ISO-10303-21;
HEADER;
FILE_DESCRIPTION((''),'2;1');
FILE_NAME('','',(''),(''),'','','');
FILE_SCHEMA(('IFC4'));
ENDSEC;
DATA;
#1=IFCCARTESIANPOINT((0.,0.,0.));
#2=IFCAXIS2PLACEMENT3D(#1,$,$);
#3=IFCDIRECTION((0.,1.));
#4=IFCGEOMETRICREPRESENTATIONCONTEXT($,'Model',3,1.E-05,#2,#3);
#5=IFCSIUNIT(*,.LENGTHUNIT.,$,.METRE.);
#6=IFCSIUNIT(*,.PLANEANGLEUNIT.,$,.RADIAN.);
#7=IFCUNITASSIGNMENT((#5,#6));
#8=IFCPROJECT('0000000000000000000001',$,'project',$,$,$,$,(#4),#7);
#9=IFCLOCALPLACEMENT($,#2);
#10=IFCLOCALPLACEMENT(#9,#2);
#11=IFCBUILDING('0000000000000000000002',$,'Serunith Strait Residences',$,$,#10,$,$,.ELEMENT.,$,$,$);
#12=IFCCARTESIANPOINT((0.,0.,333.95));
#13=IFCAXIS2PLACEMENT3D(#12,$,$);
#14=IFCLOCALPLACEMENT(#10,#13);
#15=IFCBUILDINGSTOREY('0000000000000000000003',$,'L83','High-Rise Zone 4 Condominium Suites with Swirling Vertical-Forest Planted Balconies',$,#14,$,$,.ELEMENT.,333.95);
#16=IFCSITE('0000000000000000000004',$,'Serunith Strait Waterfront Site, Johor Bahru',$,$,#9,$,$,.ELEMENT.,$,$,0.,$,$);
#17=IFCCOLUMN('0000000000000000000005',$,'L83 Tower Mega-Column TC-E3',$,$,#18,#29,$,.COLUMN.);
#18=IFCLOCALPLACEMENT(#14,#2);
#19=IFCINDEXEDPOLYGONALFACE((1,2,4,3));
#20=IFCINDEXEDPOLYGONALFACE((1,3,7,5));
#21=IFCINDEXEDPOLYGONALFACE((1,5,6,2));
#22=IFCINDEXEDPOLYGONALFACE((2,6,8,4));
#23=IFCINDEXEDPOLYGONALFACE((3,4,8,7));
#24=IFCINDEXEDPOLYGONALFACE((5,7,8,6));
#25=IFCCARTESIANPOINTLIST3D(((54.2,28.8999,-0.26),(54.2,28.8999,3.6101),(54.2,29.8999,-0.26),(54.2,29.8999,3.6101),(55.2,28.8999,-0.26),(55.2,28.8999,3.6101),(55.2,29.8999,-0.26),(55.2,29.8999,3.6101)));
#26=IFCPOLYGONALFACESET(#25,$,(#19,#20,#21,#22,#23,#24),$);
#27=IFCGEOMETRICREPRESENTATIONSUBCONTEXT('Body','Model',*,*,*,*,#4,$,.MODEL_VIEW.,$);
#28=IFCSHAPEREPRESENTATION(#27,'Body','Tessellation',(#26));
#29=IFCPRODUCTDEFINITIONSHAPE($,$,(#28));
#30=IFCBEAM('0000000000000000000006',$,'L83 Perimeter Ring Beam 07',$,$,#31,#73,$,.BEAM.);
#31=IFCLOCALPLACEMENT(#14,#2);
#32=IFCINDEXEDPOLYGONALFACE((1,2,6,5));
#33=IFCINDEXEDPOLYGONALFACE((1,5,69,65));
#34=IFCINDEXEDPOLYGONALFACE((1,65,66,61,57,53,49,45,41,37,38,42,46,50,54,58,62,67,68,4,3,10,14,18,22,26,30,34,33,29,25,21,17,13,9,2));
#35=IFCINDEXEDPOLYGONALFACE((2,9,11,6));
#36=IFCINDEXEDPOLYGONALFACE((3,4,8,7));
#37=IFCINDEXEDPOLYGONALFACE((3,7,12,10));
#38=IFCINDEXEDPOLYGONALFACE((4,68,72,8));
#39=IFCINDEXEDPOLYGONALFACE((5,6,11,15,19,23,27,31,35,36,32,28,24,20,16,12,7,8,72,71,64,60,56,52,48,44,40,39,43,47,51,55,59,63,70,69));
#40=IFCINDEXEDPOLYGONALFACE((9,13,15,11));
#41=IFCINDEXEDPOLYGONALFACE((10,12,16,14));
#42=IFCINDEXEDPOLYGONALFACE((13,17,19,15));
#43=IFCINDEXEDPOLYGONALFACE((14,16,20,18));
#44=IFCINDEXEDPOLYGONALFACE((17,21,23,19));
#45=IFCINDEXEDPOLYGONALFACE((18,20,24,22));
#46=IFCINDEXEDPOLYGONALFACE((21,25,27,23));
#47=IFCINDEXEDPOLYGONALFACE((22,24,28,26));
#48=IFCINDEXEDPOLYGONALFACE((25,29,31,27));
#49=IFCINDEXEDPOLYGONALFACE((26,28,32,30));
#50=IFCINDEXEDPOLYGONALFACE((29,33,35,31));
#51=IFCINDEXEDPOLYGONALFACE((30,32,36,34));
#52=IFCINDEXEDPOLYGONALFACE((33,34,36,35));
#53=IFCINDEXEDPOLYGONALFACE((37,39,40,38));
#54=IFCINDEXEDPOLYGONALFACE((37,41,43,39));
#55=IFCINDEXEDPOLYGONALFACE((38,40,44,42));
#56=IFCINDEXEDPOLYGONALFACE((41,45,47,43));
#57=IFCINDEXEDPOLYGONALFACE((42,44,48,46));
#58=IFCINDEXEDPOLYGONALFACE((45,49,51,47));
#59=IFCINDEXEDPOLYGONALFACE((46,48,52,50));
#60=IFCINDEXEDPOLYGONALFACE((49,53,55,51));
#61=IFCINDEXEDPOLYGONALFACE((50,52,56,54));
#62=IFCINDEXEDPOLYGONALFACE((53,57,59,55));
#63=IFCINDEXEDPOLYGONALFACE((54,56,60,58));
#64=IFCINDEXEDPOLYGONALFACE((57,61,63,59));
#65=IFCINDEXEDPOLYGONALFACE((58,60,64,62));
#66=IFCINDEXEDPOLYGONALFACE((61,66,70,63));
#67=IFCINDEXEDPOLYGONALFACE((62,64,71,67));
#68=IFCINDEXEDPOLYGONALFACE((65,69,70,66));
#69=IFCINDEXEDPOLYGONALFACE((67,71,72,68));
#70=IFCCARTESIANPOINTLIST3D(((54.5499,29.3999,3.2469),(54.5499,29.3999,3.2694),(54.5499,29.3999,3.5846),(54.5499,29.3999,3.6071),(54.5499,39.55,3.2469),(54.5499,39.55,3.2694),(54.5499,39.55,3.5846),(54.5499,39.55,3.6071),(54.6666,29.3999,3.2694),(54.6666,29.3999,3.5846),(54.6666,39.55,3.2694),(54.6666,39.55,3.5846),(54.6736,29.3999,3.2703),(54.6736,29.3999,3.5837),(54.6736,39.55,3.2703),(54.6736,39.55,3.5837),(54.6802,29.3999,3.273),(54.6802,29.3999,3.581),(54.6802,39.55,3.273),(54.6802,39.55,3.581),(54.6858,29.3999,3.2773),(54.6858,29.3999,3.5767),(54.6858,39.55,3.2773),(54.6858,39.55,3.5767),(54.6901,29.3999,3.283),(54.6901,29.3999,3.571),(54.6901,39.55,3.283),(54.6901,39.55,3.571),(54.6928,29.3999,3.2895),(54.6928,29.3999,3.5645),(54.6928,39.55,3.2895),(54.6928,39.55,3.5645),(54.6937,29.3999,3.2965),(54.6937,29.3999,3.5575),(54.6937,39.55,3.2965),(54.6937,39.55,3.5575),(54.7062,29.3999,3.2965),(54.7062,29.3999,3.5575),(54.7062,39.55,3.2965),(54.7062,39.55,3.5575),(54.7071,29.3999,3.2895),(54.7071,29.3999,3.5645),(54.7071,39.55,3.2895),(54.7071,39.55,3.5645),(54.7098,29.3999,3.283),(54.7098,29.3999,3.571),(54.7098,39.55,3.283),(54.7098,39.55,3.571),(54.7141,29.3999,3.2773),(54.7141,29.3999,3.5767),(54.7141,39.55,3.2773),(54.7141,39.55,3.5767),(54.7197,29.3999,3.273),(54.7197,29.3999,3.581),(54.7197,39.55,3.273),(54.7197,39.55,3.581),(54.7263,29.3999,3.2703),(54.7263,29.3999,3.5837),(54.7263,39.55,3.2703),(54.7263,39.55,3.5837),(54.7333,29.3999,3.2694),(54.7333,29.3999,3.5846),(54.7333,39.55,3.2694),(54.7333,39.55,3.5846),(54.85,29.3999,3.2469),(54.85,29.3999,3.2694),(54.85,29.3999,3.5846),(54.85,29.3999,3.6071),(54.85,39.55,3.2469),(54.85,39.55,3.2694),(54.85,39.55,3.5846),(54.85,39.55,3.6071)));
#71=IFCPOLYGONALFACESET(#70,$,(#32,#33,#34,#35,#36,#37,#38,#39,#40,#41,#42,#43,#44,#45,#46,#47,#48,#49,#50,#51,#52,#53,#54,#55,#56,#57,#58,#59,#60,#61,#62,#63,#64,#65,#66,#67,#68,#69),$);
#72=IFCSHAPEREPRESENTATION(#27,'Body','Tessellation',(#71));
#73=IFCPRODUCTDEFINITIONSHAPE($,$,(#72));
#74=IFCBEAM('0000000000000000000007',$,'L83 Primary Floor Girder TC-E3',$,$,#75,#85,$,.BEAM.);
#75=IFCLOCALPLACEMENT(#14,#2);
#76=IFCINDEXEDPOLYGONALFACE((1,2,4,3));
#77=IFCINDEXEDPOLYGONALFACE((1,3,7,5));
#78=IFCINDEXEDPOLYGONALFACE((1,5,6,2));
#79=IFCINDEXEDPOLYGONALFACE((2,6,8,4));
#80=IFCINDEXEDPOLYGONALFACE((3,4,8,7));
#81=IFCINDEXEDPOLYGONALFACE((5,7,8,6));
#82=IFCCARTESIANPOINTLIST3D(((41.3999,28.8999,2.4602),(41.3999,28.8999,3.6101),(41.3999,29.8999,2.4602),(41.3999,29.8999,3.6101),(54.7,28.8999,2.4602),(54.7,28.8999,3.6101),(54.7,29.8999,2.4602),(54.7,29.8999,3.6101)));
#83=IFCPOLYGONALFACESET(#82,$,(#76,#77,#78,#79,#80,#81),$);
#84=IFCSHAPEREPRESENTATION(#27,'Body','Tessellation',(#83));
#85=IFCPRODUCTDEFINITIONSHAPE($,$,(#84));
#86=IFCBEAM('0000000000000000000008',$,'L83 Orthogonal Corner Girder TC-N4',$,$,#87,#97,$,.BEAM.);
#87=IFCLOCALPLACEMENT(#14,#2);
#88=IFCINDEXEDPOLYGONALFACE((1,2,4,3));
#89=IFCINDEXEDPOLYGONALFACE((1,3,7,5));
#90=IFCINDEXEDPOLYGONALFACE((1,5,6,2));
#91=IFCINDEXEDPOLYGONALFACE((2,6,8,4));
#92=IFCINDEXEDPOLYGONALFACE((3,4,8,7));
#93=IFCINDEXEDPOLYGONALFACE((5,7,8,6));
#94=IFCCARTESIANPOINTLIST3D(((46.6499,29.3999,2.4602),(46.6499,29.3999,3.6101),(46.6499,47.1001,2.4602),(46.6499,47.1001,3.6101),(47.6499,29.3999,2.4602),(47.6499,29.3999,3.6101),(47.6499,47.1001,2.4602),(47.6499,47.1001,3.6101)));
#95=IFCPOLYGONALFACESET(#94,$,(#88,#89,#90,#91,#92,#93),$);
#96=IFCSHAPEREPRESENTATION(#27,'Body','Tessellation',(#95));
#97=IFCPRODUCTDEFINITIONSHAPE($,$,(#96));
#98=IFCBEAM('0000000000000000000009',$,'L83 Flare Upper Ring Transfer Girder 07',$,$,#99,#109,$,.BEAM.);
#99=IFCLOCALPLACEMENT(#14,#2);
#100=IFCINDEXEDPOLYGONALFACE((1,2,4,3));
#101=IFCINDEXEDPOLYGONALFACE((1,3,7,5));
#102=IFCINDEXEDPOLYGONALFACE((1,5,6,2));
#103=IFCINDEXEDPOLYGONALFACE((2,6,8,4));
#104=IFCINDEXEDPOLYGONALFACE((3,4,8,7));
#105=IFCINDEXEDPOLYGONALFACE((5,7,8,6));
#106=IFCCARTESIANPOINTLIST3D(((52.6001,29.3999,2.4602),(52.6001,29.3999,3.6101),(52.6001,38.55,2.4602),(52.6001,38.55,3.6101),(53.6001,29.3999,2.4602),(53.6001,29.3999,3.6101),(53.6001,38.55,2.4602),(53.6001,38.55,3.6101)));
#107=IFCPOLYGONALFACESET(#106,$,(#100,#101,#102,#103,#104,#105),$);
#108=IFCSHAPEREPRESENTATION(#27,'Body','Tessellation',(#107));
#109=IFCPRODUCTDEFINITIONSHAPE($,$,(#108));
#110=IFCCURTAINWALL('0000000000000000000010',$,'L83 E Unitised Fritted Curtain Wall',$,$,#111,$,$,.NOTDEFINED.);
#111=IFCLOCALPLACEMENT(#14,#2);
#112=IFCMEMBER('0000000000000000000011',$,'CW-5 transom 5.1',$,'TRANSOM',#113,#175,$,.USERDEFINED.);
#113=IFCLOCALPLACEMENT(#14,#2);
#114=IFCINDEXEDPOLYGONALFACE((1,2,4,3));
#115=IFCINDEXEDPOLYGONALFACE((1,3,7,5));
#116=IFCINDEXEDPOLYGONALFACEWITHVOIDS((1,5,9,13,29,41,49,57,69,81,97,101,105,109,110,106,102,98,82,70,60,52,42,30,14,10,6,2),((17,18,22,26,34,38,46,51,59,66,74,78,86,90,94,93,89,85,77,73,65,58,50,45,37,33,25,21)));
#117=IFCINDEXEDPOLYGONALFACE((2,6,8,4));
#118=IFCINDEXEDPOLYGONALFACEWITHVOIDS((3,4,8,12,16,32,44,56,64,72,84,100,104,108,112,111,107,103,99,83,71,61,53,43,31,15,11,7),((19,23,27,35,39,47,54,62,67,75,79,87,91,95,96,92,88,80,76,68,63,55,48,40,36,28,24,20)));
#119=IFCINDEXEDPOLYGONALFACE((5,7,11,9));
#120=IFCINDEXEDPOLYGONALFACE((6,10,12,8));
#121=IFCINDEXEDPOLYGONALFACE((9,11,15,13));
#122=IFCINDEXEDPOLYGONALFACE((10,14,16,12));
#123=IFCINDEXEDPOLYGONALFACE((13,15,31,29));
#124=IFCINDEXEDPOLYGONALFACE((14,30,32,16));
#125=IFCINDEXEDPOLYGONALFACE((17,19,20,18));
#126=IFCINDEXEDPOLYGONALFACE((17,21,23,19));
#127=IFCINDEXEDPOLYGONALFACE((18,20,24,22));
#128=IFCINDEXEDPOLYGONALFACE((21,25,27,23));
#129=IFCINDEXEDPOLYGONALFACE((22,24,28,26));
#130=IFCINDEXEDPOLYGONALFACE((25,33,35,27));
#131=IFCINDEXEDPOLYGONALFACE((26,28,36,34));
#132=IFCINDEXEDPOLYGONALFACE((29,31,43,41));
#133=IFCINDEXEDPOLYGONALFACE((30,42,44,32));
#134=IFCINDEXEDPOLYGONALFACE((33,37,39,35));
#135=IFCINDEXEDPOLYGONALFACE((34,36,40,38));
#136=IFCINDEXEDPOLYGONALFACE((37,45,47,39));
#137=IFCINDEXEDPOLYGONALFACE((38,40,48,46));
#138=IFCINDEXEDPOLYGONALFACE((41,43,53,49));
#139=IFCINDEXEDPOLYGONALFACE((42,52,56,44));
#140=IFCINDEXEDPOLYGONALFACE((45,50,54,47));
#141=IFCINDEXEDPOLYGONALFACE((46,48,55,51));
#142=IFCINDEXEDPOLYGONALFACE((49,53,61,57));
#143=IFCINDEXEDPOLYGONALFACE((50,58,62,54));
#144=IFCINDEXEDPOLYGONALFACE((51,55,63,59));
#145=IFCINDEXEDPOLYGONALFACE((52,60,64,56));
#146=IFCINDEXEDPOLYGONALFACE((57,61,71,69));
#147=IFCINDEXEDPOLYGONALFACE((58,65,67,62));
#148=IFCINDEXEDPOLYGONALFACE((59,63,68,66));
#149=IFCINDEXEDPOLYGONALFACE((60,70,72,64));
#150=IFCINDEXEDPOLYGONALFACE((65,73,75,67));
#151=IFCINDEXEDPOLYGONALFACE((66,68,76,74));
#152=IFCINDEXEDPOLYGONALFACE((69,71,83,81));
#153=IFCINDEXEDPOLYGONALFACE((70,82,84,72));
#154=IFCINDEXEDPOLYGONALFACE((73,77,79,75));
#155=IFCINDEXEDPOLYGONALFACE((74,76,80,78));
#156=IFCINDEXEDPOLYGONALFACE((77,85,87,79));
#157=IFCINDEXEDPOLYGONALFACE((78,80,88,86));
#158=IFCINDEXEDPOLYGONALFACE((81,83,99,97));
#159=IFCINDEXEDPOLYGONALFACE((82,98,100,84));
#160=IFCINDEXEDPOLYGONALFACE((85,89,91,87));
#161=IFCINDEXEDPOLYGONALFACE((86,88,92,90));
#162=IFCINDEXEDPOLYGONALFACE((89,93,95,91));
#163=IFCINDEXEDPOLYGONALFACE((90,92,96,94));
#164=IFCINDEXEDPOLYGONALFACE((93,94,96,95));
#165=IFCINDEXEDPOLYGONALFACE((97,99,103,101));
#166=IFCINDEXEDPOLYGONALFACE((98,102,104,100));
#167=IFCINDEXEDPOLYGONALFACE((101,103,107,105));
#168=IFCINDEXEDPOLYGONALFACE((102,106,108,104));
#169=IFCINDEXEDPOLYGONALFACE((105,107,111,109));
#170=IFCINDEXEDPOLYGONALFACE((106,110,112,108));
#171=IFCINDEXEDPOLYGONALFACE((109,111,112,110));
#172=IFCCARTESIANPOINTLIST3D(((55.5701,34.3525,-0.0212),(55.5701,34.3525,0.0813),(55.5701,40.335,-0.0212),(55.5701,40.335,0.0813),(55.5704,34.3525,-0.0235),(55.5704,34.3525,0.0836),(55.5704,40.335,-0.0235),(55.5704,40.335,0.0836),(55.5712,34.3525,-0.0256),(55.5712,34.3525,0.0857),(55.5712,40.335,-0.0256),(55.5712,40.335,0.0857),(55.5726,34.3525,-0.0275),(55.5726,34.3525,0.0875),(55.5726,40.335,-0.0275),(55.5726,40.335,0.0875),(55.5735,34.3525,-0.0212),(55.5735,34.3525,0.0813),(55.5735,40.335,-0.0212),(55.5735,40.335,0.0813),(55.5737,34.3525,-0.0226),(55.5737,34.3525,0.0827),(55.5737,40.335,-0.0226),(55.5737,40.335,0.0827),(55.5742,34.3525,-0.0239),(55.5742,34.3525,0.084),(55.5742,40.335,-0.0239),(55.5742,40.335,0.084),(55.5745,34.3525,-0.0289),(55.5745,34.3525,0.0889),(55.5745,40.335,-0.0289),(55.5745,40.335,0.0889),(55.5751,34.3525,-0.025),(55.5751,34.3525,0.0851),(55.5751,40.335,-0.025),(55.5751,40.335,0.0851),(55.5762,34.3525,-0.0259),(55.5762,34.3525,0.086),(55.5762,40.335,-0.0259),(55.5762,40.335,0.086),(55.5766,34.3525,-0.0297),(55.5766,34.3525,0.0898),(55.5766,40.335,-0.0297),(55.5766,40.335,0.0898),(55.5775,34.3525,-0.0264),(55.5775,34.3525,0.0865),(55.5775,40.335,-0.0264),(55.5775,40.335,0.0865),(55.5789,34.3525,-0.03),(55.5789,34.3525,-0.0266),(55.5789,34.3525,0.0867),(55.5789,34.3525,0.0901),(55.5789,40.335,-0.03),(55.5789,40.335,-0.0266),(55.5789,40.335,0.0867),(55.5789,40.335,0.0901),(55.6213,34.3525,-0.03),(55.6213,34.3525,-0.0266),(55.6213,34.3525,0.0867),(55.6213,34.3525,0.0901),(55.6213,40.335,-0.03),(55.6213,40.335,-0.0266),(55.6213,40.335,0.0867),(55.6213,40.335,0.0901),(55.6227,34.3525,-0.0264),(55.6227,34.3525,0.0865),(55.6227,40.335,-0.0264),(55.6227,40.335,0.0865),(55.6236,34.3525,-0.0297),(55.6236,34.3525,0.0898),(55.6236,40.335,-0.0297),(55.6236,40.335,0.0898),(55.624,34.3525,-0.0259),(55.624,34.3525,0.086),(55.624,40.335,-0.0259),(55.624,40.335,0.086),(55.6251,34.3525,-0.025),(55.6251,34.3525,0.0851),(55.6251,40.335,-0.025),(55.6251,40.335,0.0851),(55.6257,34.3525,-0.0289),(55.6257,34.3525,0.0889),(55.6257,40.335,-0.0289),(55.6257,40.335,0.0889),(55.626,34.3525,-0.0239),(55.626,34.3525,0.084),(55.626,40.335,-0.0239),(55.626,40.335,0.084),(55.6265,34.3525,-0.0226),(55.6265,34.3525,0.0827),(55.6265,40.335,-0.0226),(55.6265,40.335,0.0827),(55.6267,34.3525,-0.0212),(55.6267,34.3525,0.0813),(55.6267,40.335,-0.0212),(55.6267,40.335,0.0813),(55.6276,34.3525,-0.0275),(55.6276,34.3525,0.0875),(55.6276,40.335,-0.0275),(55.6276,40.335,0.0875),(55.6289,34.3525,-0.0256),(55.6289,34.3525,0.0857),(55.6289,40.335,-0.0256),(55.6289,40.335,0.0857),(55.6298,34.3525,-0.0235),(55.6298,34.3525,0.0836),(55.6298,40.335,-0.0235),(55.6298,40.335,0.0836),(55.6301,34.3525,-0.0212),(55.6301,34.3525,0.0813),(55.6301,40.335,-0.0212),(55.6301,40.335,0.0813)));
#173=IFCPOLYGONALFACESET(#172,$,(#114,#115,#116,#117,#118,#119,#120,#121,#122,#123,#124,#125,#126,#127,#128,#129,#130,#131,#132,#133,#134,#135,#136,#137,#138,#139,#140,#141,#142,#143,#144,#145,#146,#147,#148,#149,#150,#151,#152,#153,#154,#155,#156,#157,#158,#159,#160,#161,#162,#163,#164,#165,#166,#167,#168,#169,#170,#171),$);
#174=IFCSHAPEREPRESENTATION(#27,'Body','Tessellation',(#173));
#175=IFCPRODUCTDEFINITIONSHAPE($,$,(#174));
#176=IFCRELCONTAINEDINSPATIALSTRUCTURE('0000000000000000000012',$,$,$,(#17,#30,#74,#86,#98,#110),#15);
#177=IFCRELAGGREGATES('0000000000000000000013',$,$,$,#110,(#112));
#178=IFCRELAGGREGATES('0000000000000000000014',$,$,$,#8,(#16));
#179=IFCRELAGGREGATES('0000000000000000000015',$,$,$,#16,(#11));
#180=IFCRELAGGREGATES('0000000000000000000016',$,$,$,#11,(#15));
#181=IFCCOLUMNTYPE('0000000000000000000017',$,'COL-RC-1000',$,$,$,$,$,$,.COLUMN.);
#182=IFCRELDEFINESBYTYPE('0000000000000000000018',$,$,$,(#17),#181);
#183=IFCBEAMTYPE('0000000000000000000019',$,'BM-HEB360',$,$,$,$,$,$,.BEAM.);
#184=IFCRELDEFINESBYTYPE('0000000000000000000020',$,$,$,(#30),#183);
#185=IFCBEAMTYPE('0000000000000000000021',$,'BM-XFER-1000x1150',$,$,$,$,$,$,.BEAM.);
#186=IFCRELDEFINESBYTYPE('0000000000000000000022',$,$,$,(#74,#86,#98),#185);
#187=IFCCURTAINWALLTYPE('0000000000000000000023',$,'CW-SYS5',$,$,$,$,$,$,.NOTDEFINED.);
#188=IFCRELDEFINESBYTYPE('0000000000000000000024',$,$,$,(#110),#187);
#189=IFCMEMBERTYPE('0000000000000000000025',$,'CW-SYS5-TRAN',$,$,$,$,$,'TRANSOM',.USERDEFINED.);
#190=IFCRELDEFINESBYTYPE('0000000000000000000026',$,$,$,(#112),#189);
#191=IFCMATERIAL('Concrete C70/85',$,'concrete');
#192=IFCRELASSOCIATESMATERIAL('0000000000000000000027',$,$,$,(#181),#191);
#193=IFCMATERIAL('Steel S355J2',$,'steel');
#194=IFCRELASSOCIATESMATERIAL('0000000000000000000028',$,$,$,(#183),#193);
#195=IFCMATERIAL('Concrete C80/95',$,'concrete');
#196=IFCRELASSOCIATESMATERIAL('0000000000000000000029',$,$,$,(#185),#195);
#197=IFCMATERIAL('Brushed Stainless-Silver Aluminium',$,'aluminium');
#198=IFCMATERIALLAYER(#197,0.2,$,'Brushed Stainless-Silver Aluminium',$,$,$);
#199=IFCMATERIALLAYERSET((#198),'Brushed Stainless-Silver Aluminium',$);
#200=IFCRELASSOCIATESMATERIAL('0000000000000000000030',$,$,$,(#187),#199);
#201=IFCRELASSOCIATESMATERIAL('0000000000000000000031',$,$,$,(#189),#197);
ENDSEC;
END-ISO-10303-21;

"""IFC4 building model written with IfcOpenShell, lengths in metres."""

from ifc_helpers import new_model, si_unit, direction, frame, origin, origin_2d, place, context, subcontext, project, spatial, rectangle, hollow_rectangle, i_section, extrude, source, transform, mapped, material, layer, layer_set, material_profile, profile_set, type_object, element, aggregate, save


model = new_model("IFC4")

# Units and contexts
model_context = context("Model", 3, precision=1e-05, world=origin(), true_north=direction((0.0, 1.0)))
body_context = subcontext(model_context, "Body", "Model", "MODEL_VIEW")
ifc_project = project(units=[si_unit("LENGTHUNIT", "METRE"), si_unit("PLANEANGLEUNIT", "RADIAN")], contexts=[model_context])

# Site, building, storey
site_placement = place(None, origin())
site = spatial("IfcSite", under=ifc_project, at=site_placement, Name="Serunith Strait Waterfront Site, Johor Bahru", CompositionType="ELEMENT", RefElevation=0.0)
building_placement = place(site_placement, origin())
building = spatial("IfcBuilding", under=site, at=building_placement, Name="Serunith Strait Residences", CompositionType="ELEMENT")
storey_placement = place(building_placement, frame((0.0, 0.0, 333.95)))
storey = spatial("IfcBuildingStorey", under=building, at=storey_placement, Name="L83", Description="High-Rise Zone 4 Condominium Suites with Swirling Vertical-Forest Planted Balconies", CompositionType="ELEMENT", Elevation=333.95)

# Column
ifc_material_1 = material(Name="Concrete C70/85", Category="concrete")
ifc_material_profile_1 = material_profile(ifc_material_1, rectangle(XDim=1.0, YDim=1.0, at=origin_2d()), Name="RC 1000x1000")
ifc_profile_set_1 = profile_set([ifc_material_profile_1], Name="Concrete C70/85")
column_type = type_object("IfcColumnType", Name="COL-RC-1000", PredefinedType="COLUMN", material=ifc_profile_set_1)
shared_shape_1 = source(origin(), body_context, "Body", "SweptSolid", [
    extrude(rectangle(XDim=1.0, YDim=1.0, at=origin_2d()), origin(), (0.0, 0.0, 1.0), 3.8701),
])
column_placement = place(storey_placement, frame((54.7, 29.3999, -0.26), z_axis=(0.0, 0.0, 1.0), x_axis=(1.0, 0.0, 0.0)))
element("IfcColumn", 1, at=column_placement, inside=storey, type_object=column_type, Name="L83 Tower Mega-Column TC-E3", PredefinedType="COLUMN", context=body_context, shape_type="MappedRepresentation", body=[
    mapped(shared_shape_1, transform((0.0, 0.0, 0.0), scale=1.0)),
])

# Beams
ifc_material_2 = material(Name="Steel S355J2", Category="steel")
ifc_material_profile_2 = material_profile(ifc_material_2, i_section(OverallWidth=0.3, OverallDepth=0.3601, WebThickness=0.0125, FlangeThickness=0.0225, FilletRadius=0.0271, at=origin_2d()), Name="HEB 360")
ifc_profile_set_2 = profile_set([ifc_material_profile_2], Name="Steel S355J2")
beam_type_1 = type_object("IfcBeamType", Name="BM-HEB360", PredefinedType="BEAM", material=ifc_profile_set_2)
shared_shape_2 = source(origin(), body_context, "Body", "SweptSolid", [
    extrude(i_section(OverallWidth=0.3, OverallDepth=0.3601, WebThickness=0.0125, FlangeThickness=0.0225, FilletRadius=0.0271, at=origin_2d()), origin(), (0.0, 0.0, 1.0), 10.1501),
])
beam_1_placement = place(storey_placement, frame((54.7, 29.3999, 3.427), z_axis=(0.0, 1.0, 0.0), x_axis=(-1.0, 0.0, 0.0)))
element("IfcBeam", 2, at=beam_1_placement, inside=storey, type_object=beam_type_1, Name="L83 Perimeter Ring Beam 07", PredefinedType="BEAM", context=body_context, shape_type="MappedRepresentation", body=[
    mapped(shared_shape_2, transform((0.0, 0.0, 0.0), scale=1.0)),
])
ifc_material_3 = material(Name="Concrete C80/95", Category="concrete")
ifc_material_profile_3 = material_profile(ifc_material_3, rectangle(XDim=1.0, YDim=1.1499, at=origin_2d()), Name="RC 1000x1150")
ifc_profile_set_3 = profile_set([ifc_material_profile_3], Name="Concrete C80/95")
beam_type_2 = type_object("IfcBeamType", Name="BM-XFER-1000x1150", PredefinedType="BEAM", material=ifc_profile_set_3)
shared_shape_3 = source(origin(), body_context, "Body", "SweptSolid", [
    extrude(rectangle(XDim=1.0, YDim=1.1499, at=origin_2d()), origin(), (0.0, 0.0, 1.0), 13.3),
])
beam_2_placement = place(storey_placement, frame((41.3999, 29.3999, 3.0352), z_axis=(1.0, 0.0, 0.0), x_axis=(0.0, 1.0, 0.0)))
element("IfcBeam", 3, at=beam_2_placement, inside=storey, type_object=beam_type_2, Name="L83 Primary Floor Girder TC-E3", PredefinedType="BEAM", context=body_context, shape_type="MappedRepresentation", body=[
    mapped(shared_shape_3, transform((0.0, 0.0, 0.0), scale=1.0)),
])
shared_shape_4 = source(origin(), body_context, "Body", "SweptSolid", [
    extrude(rectangle(XDim=1.0, YDim=1.1499, at=origin_2d()), origin(), (0.0, 0.0, 1.0), 17.7002),
])
beam_3_placement = place(storey_placement, frame((47.1499, 29.3999, 3.0352), z_axis=(0.0, 1.0, 0.0), x_axis=(-1.0, 0.0, 0.0)))
element("IfcBeam", 4, at=beam_3_placement, inside=storey, type_object=beam_type_2, Name="L83 Orthogonal Corner Girder TC-N4", PredefinedType="BEAM", context=body_context, shape_type="MappedRepresentation", body=[
    mapped(shared_shape_4, transform((0.0, 0.0, 0.0), scale=1.0)),
])
shared_shape_5 = source(origin(), body_context, "Body", "SweptSolid", [
    extrude(rectangle(XDim=1.0, YDim=1.1499, at=origin_2d()), origin(), (0.0, 0.0, 1.0), 9.1501),
])
beam_4_placement = place(storey_placement, frame((53.1001, 29.3999, 3.0352), z_axis=(0.0, 1.0, 0.0), x_axis=(-1.0, 0.0, 0.0)))
element("IfcBeam", 5, at=beam_4_placement, inside=storey, type_object=beam_type_2, Name="L83 Flare Upper Ring Transfer Girder 07", PredefinedType="BEAM", context=body_context, shape_type="MappedRepresentation", body=[
    mapped(shared_shape_5, transform((0.0, 0.0, 0.0), scale=1.0)),
])

# Curtain wall, member
ifc_material_4 = material(Name="Brushed Stainless-Silver Aluminium", Category="aluminium")
ifc_layer_1 = layer(ifc_material_4, 0.2, Name="Brushed Stainless-Silver Aluminium")
ifc_layer_set_1 = layer_set([ifc_layer_1], Name="Brushed Stainless-Silver Aluminium")
curtain_wall_type = type_object("IfcCurtainWallType", Name="CW-SYS5", PredefinedType="NOTDEFINED", material=ifc_layer_set_1)
curtain_wall_placement = place(storey_placement, origin())
curtain_wall = element("IfcCurtainWall", 6, at=curtain_wall_placement, inside=storey, type_object=curtain_wall_type, Name="L83 E Unitised Fritted Curtain Wall", PredefinedType="NOTDEFINED")
ifc_material_profile_4 = material_profile(ifc_material_4, hollow_rectangle(XDim=0.0601, YDim=0.1201, WallThickness=0.0034, InnerFilletRadius=0.0054, OuterFilletRadius=0.0088, at=origin_2d()), Name="ALU 120x60x3.5")
ifc_profile_set_4 = profile_set([ifc_material_profile_4], Name="Brushed Stainless-Silver Aluminium")
member_type_1 = type_object("IfcMemberType", Name="CW-SYS5-TRAN", ElementType="TRANSOM", PredefinedType="USERDEFINED", material=ifc_profile_set_4)
shared_shape_6 = source(origin(), body_context, "Body", "SweptSolid", [
    extrude(hollow_rectangle(XDim=0.0601, YDim=0.1201, WallThickness=0.0034, InnerFilletRadius=0.0054, OuterFilletRadius=0.0088, at=origin_2d()), origin(), (0.0, 0.0, 1.0), 5.9824),
])
member_1_placement = place(storey_placement, frame((55.6001, 34.3525, 0.03), z_axis=(0.0, 1.0, 0.0), x_axis=(-1.0, 0.0, 0.0)))
member_1 = element("IfcMember", 7, at=member_1_placement, type_object=member_type_1, Name="CW-5 transom 5.1", ObjectType="TRANSOM", PredefinedType="USERDEFINED", context=body_context, shape_type="MappedRepresentation", body=[
    mapped(shared_shape_6, transform((0.0, 0.0, 0.0), scale=1.0)),
])
aggregate(curtain_wall, [member_1])

save(model, "model.ifc")
